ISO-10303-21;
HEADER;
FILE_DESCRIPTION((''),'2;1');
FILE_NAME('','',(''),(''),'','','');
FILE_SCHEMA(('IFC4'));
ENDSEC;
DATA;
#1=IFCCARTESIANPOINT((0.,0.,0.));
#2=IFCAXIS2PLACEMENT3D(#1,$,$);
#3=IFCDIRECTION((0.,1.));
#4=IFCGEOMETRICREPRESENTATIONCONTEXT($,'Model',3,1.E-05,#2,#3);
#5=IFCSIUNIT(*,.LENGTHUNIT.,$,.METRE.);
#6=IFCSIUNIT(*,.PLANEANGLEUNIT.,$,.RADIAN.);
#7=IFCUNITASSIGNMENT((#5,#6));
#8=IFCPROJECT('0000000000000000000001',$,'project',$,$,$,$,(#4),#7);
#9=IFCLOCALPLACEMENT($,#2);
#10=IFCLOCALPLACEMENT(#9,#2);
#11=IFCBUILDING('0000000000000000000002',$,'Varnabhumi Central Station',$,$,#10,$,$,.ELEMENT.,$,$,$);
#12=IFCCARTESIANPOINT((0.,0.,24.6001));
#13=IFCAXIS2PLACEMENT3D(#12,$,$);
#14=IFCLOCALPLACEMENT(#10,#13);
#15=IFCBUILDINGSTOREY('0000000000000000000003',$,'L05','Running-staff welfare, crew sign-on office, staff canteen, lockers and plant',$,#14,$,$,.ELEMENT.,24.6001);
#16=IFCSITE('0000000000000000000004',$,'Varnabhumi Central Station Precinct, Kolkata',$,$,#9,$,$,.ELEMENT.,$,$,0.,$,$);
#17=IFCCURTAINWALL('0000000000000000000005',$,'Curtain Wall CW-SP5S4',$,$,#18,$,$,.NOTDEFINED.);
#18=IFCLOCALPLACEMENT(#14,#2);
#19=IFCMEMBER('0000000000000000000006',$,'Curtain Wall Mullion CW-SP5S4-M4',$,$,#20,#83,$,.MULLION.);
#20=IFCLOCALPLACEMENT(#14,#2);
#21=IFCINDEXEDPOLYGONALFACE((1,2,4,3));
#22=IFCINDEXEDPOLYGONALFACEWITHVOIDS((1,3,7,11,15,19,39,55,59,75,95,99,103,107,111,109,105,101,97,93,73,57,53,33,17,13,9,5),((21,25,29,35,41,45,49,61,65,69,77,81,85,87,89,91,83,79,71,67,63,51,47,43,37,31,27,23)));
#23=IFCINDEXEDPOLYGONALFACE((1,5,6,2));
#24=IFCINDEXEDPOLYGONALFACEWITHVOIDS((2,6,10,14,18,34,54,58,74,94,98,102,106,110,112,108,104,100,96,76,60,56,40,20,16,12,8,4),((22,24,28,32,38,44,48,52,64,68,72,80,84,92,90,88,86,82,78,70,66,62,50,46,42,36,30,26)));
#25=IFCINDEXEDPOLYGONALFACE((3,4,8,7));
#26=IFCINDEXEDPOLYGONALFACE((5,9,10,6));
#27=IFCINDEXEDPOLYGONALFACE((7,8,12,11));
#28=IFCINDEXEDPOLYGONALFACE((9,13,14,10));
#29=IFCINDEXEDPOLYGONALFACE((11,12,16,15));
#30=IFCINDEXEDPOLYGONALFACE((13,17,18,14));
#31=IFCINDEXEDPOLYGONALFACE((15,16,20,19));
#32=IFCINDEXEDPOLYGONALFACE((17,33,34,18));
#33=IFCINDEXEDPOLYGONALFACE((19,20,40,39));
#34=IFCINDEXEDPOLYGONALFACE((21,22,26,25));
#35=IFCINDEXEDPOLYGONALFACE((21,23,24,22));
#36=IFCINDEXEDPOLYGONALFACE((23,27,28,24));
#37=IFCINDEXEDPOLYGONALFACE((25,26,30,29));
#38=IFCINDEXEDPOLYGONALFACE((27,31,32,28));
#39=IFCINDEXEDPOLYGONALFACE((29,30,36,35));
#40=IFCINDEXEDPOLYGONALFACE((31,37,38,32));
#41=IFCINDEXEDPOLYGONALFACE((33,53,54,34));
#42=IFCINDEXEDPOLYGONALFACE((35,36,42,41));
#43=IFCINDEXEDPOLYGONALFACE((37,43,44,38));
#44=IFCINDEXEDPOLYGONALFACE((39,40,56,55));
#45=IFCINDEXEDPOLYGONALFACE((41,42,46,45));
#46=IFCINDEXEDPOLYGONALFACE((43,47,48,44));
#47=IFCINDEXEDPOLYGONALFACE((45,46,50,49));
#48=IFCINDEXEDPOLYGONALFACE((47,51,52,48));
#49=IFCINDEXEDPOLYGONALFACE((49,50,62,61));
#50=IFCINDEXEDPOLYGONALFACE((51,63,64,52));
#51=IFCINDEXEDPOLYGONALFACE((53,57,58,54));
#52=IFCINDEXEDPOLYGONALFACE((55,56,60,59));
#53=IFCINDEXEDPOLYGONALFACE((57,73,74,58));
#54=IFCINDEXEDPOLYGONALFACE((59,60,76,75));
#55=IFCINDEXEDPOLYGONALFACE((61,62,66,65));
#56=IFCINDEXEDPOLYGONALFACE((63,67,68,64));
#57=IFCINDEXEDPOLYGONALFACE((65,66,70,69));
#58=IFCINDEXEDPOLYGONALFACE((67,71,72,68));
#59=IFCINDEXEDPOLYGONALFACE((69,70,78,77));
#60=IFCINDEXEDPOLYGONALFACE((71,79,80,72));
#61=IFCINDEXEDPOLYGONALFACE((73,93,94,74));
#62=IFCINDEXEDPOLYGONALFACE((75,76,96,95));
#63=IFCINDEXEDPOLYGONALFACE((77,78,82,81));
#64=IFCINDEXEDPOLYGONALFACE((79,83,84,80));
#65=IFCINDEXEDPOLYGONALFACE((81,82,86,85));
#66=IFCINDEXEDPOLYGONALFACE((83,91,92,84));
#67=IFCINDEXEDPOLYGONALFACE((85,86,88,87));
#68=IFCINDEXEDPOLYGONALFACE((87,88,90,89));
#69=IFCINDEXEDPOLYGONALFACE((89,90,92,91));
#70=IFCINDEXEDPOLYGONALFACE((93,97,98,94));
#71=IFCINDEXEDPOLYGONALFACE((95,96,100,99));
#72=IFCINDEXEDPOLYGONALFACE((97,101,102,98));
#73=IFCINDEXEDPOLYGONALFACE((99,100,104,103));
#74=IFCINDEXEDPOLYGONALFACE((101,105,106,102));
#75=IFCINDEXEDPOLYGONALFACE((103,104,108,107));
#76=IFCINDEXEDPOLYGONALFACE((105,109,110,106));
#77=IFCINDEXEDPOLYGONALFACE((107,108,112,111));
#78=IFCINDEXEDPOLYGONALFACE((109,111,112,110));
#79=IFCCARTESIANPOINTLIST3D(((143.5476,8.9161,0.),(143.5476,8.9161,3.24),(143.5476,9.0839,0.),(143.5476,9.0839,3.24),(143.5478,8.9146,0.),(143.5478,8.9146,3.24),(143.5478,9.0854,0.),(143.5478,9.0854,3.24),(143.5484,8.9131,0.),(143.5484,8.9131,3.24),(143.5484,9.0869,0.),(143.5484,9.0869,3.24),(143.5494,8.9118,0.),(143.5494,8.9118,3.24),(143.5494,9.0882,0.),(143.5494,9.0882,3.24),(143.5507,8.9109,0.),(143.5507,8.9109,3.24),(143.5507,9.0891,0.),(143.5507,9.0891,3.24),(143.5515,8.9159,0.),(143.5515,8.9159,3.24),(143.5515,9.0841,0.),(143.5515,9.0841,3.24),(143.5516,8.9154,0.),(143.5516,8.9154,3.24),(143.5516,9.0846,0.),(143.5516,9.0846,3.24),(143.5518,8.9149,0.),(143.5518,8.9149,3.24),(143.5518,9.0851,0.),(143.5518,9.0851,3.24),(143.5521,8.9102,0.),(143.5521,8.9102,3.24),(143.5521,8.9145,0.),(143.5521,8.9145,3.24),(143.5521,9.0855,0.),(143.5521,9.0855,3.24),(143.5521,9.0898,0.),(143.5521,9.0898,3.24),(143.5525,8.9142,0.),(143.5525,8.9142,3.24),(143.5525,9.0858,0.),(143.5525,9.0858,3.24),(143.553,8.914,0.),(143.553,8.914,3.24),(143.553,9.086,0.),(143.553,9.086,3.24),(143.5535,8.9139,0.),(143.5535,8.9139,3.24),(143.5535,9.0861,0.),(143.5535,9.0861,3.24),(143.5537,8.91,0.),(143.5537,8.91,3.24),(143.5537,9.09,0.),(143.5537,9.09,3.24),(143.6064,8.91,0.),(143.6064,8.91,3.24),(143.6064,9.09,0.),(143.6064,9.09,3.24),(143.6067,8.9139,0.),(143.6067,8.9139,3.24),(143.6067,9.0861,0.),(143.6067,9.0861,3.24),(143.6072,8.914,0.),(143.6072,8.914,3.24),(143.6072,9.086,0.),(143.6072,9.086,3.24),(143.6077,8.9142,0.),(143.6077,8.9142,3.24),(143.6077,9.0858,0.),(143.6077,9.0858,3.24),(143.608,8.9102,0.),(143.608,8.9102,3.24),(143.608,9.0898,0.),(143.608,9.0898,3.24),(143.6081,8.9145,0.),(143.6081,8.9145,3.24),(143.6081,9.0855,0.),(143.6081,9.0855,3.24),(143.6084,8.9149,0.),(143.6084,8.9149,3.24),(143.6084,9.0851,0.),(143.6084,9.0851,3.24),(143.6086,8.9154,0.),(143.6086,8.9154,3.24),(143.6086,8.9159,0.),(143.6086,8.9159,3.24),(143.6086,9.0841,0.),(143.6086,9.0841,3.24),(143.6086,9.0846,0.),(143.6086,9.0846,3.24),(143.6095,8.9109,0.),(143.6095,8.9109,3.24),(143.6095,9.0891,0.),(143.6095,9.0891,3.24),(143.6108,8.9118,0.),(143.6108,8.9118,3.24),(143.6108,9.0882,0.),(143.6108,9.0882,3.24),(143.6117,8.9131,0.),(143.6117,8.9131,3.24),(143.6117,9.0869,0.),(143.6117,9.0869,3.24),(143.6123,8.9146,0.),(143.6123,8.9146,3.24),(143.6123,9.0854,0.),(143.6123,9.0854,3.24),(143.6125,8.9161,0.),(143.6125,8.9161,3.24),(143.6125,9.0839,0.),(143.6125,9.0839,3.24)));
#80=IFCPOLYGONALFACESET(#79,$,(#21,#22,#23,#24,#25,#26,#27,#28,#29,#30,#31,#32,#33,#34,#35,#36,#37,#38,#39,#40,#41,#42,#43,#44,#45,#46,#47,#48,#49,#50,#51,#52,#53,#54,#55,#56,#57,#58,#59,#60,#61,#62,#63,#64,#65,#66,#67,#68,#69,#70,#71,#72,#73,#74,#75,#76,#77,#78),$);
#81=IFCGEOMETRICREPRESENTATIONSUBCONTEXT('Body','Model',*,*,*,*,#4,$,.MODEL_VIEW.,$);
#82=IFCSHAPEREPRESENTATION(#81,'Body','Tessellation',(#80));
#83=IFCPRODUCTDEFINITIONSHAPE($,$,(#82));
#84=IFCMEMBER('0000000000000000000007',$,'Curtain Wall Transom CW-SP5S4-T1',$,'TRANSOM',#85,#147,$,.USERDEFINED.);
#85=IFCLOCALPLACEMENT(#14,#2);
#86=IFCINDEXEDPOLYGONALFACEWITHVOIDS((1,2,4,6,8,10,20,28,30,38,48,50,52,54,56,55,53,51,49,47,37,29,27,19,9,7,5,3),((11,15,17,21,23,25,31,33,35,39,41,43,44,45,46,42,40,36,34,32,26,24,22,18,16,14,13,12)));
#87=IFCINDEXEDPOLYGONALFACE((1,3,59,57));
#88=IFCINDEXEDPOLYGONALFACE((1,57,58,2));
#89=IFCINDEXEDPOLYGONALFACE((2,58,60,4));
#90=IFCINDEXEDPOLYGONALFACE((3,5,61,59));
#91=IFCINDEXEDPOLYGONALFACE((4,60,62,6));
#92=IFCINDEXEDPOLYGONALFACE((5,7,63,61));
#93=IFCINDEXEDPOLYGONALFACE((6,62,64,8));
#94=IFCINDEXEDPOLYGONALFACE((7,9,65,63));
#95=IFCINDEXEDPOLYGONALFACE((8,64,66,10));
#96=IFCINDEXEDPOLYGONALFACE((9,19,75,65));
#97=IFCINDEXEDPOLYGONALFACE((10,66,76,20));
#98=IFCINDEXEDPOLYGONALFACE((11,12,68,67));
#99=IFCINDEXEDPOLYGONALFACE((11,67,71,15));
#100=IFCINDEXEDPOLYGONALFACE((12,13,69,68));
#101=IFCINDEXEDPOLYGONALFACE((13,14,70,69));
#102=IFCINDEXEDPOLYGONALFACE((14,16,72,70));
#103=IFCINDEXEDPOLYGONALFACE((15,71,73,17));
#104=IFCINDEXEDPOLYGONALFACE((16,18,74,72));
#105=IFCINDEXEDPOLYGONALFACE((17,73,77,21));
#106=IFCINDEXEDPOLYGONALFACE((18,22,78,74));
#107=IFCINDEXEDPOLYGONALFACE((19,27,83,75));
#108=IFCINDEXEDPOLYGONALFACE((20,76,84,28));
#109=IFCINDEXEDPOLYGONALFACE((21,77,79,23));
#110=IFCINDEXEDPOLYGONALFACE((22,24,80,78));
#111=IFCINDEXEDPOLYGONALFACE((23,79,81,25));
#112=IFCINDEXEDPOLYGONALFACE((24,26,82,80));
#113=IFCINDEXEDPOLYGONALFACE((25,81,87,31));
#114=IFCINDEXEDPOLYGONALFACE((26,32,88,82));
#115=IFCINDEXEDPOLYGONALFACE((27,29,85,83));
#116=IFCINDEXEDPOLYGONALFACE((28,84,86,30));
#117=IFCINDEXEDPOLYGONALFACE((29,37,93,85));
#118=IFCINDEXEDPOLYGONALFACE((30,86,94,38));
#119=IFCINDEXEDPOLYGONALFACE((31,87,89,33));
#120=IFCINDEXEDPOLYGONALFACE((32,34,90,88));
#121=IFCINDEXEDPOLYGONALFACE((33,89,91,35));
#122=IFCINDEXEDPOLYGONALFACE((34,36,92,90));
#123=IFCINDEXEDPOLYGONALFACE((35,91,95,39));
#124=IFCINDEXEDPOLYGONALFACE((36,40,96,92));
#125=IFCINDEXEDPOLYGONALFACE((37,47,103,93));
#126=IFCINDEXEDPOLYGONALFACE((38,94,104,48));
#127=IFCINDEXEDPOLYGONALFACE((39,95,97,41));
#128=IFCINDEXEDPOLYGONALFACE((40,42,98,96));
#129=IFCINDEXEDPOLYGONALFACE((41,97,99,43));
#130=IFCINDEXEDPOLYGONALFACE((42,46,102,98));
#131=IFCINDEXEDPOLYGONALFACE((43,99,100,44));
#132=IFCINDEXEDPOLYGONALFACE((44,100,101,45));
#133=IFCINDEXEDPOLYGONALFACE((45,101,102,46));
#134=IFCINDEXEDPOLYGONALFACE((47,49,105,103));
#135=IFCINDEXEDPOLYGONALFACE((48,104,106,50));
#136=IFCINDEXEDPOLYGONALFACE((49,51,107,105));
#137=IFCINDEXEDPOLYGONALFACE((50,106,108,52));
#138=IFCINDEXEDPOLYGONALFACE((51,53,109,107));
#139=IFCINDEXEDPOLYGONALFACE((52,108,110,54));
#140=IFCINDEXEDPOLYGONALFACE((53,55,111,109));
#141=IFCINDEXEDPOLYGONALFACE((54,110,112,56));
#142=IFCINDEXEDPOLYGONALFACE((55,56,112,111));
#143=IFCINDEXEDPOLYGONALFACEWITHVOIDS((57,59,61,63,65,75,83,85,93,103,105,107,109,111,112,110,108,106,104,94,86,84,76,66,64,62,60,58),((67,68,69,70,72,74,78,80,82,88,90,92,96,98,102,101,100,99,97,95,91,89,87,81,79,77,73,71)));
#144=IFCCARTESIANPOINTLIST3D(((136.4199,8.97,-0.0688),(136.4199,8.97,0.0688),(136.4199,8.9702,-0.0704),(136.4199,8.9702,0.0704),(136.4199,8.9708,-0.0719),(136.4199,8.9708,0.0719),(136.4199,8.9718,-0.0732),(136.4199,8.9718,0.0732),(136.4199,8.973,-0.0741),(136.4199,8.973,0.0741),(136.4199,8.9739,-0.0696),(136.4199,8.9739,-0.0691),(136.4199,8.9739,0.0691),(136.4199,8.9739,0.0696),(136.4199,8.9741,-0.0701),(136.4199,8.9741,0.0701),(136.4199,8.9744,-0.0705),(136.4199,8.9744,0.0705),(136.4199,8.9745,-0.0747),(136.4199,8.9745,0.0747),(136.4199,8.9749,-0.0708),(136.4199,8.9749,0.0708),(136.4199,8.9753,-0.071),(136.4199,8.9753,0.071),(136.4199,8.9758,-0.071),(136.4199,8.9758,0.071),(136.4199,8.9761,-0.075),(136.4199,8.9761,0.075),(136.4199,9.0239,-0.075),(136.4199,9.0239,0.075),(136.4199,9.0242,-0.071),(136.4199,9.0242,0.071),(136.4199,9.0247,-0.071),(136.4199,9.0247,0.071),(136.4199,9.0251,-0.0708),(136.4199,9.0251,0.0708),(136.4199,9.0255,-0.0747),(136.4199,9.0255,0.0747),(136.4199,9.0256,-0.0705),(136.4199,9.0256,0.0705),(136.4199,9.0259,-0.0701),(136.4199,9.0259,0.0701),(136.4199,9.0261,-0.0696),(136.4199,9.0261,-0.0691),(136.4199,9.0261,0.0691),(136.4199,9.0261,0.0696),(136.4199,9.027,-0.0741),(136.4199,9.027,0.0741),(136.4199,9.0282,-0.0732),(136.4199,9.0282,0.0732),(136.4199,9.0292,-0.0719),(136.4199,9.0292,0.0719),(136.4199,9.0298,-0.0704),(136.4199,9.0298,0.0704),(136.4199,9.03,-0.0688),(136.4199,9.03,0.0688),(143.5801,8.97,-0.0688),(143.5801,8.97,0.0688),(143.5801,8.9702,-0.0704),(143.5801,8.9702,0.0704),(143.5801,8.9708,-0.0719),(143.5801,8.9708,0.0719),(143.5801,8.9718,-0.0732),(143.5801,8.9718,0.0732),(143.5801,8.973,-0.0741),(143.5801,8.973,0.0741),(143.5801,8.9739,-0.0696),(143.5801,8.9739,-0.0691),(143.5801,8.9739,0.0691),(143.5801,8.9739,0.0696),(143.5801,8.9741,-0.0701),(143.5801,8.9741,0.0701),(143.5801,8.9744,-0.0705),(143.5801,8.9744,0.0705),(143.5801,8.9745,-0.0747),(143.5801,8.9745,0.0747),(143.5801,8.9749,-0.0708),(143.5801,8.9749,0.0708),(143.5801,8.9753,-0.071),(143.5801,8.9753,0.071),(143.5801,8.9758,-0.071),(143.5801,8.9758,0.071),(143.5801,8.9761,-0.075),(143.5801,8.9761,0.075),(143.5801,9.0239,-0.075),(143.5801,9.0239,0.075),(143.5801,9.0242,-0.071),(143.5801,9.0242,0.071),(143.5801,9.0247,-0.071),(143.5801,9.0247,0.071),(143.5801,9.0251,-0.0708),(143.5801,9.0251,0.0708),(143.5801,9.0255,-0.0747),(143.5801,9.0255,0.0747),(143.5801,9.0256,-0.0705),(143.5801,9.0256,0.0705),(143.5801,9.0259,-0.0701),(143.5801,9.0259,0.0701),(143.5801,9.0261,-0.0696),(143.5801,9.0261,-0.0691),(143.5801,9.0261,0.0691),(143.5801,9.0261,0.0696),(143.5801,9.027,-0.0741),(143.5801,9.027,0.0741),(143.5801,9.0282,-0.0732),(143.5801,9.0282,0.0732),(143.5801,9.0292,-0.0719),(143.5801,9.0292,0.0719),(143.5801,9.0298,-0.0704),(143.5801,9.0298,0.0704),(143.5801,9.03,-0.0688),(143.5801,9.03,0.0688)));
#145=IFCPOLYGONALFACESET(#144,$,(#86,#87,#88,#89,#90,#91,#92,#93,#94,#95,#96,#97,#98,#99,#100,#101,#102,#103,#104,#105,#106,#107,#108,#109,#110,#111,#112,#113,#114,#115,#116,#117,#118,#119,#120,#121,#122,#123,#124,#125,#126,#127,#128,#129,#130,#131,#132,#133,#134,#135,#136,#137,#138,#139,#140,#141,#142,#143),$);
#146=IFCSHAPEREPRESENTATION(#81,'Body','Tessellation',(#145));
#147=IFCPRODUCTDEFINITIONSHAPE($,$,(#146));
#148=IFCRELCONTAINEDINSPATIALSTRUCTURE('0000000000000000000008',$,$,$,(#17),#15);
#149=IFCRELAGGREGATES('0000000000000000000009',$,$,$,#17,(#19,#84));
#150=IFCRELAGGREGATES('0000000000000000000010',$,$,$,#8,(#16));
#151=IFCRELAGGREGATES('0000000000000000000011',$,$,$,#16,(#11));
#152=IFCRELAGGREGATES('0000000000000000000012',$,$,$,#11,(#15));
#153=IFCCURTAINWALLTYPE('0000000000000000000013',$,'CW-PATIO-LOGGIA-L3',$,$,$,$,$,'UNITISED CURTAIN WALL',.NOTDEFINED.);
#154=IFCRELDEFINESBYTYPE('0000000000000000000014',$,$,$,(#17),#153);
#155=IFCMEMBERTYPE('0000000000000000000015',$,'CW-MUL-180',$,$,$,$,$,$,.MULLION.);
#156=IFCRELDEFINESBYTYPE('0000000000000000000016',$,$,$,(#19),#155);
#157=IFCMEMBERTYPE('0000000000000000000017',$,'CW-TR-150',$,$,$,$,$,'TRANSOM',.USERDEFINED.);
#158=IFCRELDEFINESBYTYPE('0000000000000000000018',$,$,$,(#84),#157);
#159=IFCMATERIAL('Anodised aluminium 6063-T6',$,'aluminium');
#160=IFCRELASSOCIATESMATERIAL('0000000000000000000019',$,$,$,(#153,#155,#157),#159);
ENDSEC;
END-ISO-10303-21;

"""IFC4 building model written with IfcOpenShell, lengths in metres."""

from ifc_helpers import new_model, si_unit, direction, frame, origin, origin_2d, place, context, subcontext, project, spatial, hollow_rectangle, extrude, material, material_profile, profile_set, type_object, element, aggregate, save


model = new_model("IFC4")

# Units and contexts
model_context = context("Model", 3, precision=1e-05, world=origin(), true_north=direction((0.0, 1.0)))
body_context = subcontext(model_context, "Body", "Model", "MODEL_VIEW")
ifc_project = project(units=[si_unit("LENGTHUNIT", "METRE"), si_unit("PLANEANGLEUNIT", "RADIAN")], contexts=[model_context])

# Site, building, storey
site_placement = place(None, origin())
site = spatial("IfcSite", under=ifc_project, at=site_placement, Name="Varnabhumi Central Station Precinct, Kolkata", CompositionType="ELEMENT", RefElevation=0.0)
building_placement = place(site_placement, origin())
building = spatial("IfcBuilding", under=site, at=building_placement, Name="Varnabhumi Central Station", CompositionType="ELEMENT")
storey_placement = place(building_placement, frame((0.0, 0.0, 24.6001)))
storey = spatial("IfcBuildingStorey", under=building, at=storey_placement, Name="L05", Description="Running-staff welfare, crew sign-on office, staff canteen, lockers and plant", CompositionType="ELEMENT", Elevation=24.6001)

# Curtain wall, members
ifc_material_1 = material(Name="Anodised aluminium 6063-T6", Category="aluminium")
curtain_wall_type = type_object("IfcCurtainWallType", Name="CW-PATIO-LOGGIA-L3", ElementType="UNITISED CURTAIN WALL", PredefinedType="NOTDEFINED", material=ifc_material_1)
curtain_wall_placement = place(storey_placement, origin())
curtain_wall = element("IfcCurtainWall", 1, at=curtain_wall_placement, inside=storey, type_object=curtain_wall_type, Name="Curtain Wall CW-SP5S4", PredefinedType="NOTDEFINED")
ifc_material_profile_1 = material_profile(ifc_material_1, hollow_rectangle(XDim=0.0649, YDim=0.1799, WallThickness=0.0039, InnerFilletRadius=0.002, OuterFilletRadius=0.0061, at=origin_2d()), Name="Anodised aluminium 6063-T6", Category="aluminium")
ifc_profile_set_1 = profile_set([ifc_material_profile_1], Name="Anodised aluminium 6063-T6")
member_type_1 = type_object("IfcMemberType", Name="CW-MUL-180", PredefinedType="MULLION", material=ifc_profile_set_1)
member_1_placement = place(storey_placement, frame((143.5801, 9.0, 0.0), z_axis=(0.0, 0.0, 1.0), x_axis=(1.0, 0.0, 0.0)))
member_1 = element("IfcMember", 2, at=member_1_placement, type_object=member_type_1, Name="Curtain Wall Mullion CW-SP5S4-M4", PredefinedType="MULLION", context=body_context, shape_type="SweptSolid", body=[
    extrude(hollow_rectangle(XDim=0.0649, YDim=0.1799, WallThickness=0.0039, InnerFilletRadius=0.002, OuterFilletRadius=0.0061, at=origin_2d()), origin(), (0.0, 0.0, 1.0), 3.24),
])
ifc_material_profile_2 = material_profile(ifc_material_1, hollow_rectangle(XDim=0.0601, YDim=0.1499, WallThickness=0.0039, InnerFilletRadius=0.002, OuterFilletRadius=0.0061, at=origin_2d()), Name="Anodised aluminium 6063-T6", Category="aluminium")
ifc_profile_set_2 = profile_set([ifc_material_profile_2], Name="Anodised aluminium 6063-T6")
member_type_2 = type_object("IfcMemberType", Name="CW-TR-150", ElementType="TRANSOM", PredefinedType="USERDEFINED", material=ifc_profile_set_2)
member_2_placement = place(storey_placement, frame((136.4199, 9.0, 0.0), z_axis=(1.0, 0.0, 0.0), x_axis=(0.0, 1.0, 0.0)))
member_2 = element("IfcMember", 3, at=member_2_placement, type_object=member_type_2, Name="Curtain Wall Transom CW-SP5S4-T1", ObjectType="TRANSOM", PredefinedType="USERDEFINED", context=body_context, shape_type="SweptSolid", body=[
    extrude(hollow_rectangle(XDim=0.0601, YDim=0.1499, WallThickness=0.0039, InnerFilletRadius=0.002, OuterFilletRadius=0.0061, at=origin_2d()), origin(), (0.0, 0.0, 1.0), 7.1602),
])

aggregate(curtain_wall, [member_1, member_2])

save(model, "model.ifc")
